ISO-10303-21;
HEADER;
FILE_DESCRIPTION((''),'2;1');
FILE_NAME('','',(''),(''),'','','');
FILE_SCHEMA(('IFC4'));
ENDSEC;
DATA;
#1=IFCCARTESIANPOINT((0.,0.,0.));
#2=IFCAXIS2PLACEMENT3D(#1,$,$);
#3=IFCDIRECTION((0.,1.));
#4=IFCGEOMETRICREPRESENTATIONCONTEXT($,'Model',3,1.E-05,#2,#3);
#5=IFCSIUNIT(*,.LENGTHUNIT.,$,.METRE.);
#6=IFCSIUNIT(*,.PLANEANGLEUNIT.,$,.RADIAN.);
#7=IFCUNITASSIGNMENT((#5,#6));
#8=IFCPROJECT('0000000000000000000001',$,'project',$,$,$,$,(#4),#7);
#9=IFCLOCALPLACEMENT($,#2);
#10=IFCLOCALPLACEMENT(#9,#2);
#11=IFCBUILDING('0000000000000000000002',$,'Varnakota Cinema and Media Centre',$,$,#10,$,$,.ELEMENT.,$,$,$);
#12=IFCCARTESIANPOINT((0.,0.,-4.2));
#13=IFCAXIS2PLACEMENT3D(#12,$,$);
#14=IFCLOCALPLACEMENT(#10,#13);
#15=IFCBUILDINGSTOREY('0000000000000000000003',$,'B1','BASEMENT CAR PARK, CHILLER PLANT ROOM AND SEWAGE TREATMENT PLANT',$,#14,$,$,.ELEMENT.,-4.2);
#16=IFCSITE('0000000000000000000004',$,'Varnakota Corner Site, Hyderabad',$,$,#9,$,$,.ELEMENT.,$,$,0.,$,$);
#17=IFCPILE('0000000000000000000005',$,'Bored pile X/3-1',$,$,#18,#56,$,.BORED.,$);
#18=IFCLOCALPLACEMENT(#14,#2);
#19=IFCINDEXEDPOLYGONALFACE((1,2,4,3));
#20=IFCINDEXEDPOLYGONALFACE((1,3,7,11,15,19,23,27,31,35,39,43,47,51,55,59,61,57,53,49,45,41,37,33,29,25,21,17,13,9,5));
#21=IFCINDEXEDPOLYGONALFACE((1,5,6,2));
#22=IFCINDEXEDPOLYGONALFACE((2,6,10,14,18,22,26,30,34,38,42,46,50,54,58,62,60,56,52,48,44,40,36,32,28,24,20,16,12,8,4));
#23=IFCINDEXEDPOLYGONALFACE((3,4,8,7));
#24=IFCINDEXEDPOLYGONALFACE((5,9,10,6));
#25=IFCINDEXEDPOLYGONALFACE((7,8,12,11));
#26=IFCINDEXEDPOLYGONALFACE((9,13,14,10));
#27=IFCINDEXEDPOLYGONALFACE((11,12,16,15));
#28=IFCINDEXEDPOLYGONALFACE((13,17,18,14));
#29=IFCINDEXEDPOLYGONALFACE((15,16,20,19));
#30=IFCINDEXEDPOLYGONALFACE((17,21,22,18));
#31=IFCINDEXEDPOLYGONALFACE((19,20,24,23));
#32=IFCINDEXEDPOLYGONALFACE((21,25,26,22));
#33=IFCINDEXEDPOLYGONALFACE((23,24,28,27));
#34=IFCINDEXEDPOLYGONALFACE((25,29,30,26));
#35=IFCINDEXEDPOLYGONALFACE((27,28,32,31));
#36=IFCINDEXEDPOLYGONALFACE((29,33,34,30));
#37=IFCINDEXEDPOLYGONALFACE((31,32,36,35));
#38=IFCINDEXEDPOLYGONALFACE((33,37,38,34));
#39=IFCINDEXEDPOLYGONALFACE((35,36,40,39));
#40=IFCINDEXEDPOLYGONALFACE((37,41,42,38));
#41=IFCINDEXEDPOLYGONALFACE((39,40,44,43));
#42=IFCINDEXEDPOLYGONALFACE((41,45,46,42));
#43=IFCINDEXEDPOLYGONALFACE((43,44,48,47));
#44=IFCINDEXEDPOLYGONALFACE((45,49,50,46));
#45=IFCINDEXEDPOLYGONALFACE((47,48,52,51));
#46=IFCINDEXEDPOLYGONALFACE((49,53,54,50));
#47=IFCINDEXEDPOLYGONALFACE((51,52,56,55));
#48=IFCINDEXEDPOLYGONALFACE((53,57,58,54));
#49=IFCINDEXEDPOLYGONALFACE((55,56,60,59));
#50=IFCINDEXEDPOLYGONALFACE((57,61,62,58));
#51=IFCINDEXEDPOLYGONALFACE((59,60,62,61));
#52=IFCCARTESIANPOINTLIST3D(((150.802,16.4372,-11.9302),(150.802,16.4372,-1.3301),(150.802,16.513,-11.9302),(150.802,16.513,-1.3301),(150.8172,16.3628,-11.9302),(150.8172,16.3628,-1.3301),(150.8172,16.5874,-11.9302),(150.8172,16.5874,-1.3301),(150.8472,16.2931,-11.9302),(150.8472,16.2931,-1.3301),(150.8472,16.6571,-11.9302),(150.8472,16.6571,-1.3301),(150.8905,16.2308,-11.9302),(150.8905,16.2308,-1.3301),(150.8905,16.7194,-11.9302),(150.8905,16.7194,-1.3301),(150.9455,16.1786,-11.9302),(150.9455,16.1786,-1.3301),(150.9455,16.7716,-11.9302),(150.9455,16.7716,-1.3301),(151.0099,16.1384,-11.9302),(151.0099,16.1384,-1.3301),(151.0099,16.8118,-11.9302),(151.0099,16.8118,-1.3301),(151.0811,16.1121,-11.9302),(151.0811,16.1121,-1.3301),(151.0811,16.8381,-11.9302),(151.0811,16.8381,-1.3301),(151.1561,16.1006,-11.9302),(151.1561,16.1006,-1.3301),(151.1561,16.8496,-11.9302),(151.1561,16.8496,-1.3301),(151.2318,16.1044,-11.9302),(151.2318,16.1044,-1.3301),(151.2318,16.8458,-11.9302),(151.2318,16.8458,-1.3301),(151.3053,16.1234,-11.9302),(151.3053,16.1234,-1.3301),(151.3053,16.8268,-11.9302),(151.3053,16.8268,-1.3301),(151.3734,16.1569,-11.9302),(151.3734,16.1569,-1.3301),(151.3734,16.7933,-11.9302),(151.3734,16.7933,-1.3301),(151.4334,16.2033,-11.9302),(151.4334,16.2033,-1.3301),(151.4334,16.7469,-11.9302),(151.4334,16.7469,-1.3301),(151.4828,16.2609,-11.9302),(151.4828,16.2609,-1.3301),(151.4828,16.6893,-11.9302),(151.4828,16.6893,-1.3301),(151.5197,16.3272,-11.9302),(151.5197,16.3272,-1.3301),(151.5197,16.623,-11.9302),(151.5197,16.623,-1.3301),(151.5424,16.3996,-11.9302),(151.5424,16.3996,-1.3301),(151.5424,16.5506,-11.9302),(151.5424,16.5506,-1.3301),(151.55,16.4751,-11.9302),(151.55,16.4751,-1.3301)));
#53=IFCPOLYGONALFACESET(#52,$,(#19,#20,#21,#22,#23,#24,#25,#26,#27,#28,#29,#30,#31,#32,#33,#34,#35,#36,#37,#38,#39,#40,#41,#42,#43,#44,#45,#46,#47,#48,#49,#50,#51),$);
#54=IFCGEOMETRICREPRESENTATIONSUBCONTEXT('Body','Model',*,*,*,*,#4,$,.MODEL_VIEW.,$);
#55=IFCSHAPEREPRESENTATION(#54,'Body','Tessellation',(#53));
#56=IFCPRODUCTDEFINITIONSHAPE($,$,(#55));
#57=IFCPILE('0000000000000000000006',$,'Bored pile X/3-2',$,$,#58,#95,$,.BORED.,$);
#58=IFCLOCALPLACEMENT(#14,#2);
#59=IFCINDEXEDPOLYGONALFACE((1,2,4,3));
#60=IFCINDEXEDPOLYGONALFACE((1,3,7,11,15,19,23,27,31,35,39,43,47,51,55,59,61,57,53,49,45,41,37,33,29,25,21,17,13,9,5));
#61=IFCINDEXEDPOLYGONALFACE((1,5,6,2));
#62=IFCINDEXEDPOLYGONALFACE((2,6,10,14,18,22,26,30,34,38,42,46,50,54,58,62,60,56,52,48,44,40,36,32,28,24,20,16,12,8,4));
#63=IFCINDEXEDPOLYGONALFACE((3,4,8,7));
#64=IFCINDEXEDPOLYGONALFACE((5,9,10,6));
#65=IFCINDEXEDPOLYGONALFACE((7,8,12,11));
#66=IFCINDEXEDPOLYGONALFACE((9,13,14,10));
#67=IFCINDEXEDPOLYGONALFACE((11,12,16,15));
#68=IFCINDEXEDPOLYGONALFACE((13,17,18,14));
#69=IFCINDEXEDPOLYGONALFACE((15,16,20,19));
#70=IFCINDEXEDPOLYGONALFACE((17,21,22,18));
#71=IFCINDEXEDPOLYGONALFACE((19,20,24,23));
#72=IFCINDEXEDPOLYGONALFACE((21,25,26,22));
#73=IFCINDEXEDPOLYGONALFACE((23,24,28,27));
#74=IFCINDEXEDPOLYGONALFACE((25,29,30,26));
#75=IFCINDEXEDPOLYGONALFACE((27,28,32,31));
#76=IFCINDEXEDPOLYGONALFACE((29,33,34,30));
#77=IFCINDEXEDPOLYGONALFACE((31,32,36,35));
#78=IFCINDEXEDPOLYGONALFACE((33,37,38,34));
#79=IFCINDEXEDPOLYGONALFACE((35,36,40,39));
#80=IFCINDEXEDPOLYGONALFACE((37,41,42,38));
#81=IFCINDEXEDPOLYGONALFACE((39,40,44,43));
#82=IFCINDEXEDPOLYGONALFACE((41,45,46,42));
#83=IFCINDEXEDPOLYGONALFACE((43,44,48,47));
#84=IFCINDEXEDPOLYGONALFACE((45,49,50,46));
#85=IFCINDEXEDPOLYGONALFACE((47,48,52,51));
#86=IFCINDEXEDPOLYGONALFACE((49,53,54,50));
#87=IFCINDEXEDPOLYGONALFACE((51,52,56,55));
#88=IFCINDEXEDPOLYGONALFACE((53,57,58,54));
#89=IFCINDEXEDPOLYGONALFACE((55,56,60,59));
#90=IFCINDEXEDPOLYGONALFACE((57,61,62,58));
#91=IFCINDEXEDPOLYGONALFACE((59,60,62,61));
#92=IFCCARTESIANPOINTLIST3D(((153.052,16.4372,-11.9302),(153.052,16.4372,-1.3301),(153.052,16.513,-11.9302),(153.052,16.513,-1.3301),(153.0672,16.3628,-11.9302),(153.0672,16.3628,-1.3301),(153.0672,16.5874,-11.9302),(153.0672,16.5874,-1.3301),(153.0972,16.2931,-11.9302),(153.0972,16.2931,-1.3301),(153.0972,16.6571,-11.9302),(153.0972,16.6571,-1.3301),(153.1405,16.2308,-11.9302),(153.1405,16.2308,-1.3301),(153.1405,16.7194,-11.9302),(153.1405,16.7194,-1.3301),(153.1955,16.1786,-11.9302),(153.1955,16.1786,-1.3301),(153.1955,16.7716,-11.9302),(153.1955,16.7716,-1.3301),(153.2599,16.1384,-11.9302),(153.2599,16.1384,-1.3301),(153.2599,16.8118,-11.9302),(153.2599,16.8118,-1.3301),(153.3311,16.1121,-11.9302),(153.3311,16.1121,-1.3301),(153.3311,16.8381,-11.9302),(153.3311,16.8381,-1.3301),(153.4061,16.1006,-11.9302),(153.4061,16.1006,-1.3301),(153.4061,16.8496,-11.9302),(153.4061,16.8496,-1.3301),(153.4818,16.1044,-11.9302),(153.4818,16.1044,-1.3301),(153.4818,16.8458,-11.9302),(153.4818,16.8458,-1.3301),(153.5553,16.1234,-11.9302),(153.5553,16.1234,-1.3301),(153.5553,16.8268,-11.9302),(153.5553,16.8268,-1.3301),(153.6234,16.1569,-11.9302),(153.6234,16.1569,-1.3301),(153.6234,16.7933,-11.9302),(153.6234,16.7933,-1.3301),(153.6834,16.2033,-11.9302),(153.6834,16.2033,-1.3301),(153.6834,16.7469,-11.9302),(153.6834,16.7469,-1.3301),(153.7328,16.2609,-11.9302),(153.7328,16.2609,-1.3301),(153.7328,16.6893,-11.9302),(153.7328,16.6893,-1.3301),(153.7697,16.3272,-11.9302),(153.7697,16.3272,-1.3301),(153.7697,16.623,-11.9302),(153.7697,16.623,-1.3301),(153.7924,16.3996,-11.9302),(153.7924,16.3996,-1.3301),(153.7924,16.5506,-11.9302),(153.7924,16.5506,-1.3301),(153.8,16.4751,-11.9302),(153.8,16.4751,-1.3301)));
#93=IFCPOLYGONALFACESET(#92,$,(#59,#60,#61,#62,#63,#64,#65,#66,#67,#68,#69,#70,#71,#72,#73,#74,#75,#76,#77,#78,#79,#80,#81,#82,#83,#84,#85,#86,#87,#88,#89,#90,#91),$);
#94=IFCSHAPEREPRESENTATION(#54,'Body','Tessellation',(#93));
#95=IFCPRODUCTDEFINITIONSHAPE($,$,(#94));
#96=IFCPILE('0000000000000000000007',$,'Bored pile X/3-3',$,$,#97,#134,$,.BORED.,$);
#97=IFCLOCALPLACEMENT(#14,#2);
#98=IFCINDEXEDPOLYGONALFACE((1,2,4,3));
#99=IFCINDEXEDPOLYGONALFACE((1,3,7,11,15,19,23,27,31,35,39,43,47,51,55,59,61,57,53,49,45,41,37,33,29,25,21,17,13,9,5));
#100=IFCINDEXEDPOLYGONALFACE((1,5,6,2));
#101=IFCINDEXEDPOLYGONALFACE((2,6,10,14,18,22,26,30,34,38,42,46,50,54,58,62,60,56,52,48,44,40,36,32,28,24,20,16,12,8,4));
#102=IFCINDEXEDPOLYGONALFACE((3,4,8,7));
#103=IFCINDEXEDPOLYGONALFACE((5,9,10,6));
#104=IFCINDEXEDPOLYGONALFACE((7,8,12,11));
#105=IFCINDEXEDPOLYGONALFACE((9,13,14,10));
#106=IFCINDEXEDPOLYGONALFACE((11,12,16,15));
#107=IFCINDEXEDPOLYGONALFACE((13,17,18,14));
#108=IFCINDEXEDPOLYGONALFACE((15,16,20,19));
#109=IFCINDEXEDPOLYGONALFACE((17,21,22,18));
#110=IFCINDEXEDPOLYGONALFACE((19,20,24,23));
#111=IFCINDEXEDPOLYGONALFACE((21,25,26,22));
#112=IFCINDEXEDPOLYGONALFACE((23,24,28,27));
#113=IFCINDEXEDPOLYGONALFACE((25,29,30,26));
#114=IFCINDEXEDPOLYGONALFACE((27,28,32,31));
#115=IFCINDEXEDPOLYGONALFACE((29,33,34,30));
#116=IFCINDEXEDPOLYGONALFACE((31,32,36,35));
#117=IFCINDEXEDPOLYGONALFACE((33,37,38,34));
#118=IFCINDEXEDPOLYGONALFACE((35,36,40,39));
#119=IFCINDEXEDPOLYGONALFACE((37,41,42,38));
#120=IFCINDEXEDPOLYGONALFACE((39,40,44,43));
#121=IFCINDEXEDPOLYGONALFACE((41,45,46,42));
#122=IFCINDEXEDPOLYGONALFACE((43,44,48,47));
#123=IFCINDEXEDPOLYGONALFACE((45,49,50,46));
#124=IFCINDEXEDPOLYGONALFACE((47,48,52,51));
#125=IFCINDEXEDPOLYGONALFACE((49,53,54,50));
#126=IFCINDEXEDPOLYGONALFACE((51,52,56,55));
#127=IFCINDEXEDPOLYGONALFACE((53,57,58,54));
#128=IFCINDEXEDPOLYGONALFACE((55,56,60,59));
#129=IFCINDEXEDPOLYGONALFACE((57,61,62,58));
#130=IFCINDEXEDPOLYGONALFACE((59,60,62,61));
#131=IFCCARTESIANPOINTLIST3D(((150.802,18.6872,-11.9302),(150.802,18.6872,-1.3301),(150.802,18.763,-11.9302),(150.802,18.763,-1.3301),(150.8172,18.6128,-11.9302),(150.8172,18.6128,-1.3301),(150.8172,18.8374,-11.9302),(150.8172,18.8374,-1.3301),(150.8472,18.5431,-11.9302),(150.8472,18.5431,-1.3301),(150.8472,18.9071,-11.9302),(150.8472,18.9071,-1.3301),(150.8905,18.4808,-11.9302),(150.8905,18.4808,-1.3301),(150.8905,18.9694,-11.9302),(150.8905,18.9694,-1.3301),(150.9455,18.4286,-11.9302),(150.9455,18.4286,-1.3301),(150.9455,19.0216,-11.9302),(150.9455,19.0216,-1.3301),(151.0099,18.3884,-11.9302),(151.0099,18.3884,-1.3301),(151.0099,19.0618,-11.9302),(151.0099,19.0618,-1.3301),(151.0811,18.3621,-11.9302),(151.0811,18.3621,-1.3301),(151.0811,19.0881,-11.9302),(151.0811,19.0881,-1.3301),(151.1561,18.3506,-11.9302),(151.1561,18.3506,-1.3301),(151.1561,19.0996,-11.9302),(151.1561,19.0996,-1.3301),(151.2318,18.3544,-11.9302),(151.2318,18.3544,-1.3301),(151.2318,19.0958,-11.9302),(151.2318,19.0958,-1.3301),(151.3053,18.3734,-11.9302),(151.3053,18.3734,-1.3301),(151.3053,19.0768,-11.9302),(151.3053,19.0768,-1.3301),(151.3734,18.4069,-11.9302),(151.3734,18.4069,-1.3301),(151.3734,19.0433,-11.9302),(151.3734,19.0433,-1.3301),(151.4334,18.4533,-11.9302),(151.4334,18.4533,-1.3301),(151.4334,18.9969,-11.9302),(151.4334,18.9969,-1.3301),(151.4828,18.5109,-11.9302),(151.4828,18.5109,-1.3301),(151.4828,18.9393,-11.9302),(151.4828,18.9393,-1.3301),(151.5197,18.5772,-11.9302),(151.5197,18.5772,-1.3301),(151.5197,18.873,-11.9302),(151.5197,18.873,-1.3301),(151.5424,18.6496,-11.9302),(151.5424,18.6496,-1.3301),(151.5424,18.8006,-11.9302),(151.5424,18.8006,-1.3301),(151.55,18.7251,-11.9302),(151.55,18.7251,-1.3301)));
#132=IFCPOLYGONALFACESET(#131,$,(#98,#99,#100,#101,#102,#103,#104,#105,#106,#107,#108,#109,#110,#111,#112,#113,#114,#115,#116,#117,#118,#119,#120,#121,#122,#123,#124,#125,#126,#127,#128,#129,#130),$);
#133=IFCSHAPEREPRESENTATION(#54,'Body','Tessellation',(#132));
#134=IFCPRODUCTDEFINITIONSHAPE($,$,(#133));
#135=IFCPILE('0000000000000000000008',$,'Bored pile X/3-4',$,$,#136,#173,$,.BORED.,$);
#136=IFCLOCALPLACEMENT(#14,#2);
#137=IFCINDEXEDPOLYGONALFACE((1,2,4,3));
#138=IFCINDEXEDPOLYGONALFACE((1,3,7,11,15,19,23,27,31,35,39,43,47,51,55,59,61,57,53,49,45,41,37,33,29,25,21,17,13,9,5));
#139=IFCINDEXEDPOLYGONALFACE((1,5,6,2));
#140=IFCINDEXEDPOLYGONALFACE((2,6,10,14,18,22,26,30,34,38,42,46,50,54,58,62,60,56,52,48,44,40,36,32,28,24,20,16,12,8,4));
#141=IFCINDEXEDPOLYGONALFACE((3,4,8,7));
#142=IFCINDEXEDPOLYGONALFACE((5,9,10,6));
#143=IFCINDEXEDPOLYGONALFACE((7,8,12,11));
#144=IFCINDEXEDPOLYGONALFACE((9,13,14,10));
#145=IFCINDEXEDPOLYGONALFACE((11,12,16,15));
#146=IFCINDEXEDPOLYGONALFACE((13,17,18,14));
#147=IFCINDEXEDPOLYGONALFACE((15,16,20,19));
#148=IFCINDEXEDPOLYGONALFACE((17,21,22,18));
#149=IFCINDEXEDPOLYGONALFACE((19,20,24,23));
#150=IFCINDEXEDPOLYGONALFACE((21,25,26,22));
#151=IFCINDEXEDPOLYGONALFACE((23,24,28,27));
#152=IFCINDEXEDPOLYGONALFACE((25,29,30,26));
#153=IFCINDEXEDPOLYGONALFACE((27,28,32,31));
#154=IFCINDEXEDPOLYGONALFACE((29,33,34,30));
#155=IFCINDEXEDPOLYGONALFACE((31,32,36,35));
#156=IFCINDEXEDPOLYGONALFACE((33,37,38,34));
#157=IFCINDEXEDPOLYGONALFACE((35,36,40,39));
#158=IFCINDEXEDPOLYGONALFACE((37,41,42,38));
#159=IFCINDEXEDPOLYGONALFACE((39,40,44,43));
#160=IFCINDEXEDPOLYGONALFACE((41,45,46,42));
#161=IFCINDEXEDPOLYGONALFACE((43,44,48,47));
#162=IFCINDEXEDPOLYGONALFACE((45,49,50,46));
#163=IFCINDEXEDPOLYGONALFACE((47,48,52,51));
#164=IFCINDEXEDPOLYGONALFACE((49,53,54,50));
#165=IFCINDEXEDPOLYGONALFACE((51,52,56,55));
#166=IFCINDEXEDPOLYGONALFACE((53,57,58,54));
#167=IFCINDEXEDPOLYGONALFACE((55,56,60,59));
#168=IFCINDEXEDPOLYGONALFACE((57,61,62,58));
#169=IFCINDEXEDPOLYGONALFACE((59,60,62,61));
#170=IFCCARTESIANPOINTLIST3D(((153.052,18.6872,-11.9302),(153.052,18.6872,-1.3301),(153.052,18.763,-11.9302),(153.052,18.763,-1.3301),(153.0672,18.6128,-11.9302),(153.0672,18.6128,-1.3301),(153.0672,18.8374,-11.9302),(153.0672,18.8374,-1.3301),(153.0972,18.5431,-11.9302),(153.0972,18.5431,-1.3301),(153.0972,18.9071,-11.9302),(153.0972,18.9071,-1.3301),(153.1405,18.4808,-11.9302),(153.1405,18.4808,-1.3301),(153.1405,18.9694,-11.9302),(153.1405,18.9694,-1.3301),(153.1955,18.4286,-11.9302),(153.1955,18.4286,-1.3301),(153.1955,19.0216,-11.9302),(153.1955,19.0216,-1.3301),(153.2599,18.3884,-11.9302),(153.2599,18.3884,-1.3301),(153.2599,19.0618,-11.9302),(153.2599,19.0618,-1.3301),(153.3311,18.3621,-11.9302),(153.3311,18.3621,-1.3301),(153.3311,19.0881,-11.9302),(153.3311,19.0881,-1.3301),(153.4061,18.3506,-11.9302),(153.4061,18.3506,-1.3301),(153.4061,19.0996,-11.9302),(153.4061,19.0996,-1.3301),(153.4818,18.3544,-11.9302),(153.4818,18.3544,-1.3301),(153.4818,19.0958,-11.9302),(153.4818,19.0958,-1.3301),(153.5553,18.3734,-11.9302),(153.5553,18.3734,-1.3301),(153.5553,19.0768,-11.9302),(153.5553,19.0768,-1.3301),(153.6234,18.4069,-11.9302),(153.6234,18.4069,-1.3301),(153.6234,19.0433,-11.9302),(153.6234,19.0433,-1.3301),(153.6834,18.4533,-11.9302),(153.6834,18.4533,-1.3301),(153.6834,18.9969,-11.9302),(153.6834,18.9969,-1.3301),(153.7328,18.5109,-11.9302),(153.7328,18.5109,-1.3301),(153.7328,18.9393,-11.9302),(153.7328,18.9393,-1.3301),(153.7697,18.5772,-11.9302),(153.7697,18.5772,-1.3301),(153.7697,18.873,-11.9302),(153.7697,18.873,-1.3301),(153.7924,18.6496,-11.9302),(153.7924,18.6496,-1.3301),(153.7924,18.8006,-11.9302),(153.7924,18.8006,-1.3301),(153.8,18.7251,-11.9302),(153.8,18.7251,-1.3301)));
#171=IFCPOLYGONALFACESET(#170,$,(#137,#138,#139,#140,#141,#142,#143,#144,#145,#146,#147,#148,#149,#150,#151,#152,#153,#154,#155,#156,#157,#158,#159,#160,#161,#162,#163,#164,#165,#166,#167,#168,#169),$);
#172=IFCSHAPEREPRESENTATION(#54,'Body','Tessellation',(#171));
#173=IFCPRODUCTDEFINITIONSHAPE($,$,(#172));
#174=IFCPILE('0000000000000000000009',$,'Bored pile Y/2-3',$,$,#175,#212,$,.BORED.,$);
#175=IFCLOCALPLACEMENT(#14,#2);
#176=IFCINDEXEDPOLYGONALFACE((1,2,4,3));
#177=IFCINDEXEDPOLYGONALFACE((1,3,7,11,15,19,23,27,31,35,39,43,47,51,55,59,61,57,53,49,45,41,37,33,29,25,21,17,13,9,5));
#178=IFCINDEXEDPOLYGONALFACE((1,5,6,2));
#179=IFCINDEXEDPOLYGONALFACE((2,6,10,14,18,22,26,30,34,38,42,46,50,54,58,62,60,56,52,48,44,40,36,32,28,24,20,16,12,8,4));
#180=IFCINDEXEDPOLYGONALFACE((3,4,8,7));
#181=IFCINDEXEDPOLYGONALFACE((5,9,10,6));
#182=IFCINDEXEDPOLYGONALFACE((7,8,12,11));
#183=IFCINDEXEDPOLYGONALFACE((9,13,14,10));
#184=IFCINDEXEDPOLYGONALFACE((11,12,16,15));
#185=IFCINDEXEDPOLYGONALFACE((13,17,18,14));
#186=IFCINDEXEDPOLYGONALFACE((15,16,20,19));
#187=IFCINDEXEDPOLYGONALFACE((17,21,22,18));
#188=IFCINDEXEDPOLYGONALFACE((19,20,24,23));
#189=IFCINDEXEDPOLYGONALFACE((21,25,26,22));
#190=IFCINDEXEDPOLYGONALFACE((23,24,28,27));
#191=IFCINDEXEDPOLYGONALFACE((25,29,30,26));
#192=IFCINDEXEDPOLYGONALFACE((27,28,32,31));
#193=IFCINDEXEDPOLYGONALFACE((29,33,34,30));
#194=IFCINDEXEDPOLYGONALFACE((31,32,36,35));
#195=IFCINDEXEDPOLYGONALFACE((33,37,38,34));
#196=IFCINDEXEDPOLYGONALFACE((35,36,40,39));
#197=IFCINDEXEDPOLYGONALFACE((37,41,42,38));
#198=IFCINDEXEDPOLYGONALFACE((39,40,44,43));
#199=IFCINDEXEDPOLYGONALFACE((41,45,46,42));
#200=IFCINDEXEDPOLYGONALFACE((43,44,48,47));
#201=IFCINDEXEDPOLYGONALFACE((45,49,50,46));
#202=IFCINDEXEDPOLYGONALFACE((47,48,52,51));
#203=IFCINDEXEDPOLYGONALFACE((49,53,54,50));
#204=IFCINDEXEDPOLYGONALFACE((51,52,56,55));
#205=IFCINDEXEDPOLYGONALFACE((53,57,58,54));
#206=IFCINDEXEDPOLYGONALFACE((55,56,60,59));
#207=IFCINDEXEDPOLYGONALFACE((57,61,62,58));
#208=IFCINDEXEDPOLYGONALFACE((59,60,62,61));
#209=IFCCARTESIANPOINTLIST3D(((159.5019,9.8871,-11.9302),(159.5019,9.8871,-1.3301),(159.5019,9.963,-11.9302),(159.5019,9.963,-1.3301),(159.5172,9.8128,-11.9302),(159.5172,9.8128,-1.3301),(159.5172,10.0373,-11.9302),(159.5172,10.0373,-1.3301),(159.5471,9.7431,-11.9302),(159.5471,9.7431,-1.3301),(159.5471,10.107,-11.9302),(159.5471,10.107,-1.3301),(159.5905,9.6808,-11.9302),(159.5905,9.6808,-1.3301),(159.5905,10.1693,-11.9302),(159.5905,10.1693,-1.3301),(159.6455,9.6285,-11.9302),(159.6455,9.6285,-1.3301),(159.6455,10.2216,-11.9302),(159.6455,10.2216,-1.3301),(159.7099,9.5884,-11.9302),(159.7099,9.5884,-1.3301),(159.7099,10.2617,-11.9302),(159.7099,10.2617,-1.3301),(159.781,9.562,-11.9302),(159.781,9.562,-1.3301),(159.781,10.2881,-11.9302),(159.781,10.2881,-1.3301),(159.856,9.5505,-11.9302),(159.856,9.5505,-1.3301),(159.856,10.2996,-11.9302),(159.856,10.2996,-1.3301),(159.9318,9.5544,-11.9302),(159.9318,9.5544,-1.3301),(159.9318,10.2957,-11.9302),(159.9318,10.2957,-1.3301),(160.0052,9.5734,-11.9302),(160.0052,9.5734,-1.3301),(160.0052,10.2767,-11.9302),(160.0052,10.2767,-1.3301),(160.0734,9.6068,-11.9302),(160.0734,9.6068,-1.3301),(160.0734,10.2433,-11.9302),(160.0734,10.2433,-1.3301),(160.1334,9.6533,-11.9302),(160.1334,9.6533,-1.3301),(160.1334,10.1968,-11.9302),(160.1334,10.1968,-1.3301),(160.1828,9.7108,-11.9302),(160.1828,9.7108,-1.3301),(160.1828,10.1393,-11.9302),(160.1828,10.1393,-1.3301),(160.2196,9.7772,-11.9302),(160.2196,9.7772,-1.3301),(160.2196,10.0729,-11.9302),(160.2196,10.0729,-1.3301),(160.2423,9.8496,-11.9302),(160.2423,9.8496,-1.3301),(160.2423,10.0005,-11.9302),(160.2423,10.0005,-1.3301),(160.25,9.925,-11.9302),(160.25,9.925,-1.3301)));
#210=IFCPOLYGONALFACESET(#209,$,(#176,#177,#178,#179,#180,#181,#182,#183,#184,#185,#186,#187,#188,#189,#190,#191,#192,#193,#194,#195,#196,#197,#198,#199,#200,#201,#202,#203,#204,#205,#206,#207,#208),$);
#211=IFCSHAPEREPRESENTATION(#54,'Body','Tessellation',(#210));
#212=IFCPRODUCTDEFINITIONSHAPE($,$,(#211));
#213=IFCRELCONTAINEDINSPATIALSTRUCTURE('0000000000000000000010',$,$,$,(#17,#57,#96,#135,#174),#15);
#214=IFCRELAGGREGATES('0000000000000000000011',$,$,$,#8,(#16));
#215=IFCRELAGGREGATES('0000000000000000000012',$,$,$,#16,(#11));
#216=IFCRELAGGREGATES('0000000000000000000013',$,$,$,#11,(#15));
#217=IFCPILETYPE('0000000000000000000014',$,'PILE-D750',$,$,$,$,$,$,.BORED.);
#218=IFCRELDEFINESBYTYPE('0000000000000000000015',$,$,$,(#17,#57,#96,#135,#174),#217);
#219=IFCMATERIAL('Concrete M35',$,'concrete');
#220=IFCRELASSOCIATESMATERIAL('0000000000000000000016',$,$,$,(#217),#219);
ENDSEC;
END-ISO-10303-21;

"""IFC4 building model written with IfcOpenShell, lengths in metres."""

from ifc_helpers import new_model, si_unit, direction, frame, origin, origin_2d, place, context, subcontext, project, spatial, circle, extrude, material, material_profile, profile_set, type_object, element, save


model = new_model("IFC4")

# Units and contexts
model_context = context("Model", 3, precision=1e-05, world=origin(), true_north=direction((0.0, 1.0)))
body_context = subcontext(model_context, "Body", "Model", "MODEL_VIEW")
ifc_project = project(units=[si_unit("LENGTHUNIT", "METRE"), si_unit("PLANEANGLEUNIT", "RADIAN")], contexts=[model_context])

# Site, building, storey
site_placement = place(None, origin())
site = spatial("IfcSite", under=ifc_project, at=site_placement, Name="Varnakota Corner Site, Hyderabad", CompositionType="ELEMENT", RefElevation=0.0)
building_placement = place(site_placement, origin())
building = spatial("IfcBuilding", under=site, at=building_placement, Name="Varnakota Cinema and Media Centre", CompositionType="ELEMENT")
storey_placement = place(building_placement, frame((0.0, 0.0, -4.2)))
storey = spatial("IfcBuildingStorey", under=building, at=storey_placement, Name="B1", Description="BASEMENT CAR PARK, CHILLER PLANT ROOM AND SEWAGE TREATMENT PLANT", CompositionType="ELEMENT", Elevation=-4.2)

# Piles
ifc_material_1 = material(Name="Concrete M35", Category="concrete")
ifc_material_profile_1 = material_profile(ifc_material_1, circle(Radius=0.375, at=origin_2d()), Name="PILE D750")
ifc_profile_set_1 = profile_set([ifc_material_profile_1], Name="Concrete M35")
pile_type_1 = type_object("IfcPileType", Name="PILE-D750", PredefinedType="BORED", material=ifc_profile_set_1)
for number, where, z_axis, x_axis, name in (
    (1, (151.175, 16.4751, -1.3301), (0.0, 0.0, -1.0), (1.0, 0.0, 0.0), "Bored pile X/3-1"),
    (2, (153.425, 16.4751, -1.3301), (0.0, 0.0, -1.0), (1.0, 0.0, 0.0), "Bored pile X/3-2"),
    (3, (151.175, 18.7251, -1.3301), (0.0, 0.0, -1.0), (1.0, 0.0, 0.0), "Bored pile X/3-3"),
    (4, (153.425, 18.7251, -1.3301), (0.0, 0.0, -1.0), (1.0, 0.0, 0.0), "Bored pile X/3-4"),
    (5, (159.875, 9.925, -1.3301), (0.0, 0.0, -1.0), (1.0, 0.0, 0.0), "Bored pile Y/2-3"),
):
    element("IfcPile", number, at=place(storey_placement, frame(where, z_axis=z_axis, x_axis=x_axis)), inside=storey, type_object=pile_type_1, Name=name, PredefinedType="BORED", context=body_context, shape_type="SweptSolid", body=[
        extrude(circle(Radius=0.375, at=origin_2d()), origin(), (0.0, 0.0, 1.0), 10.6001),
    ])

save(model, "model.ifc")
